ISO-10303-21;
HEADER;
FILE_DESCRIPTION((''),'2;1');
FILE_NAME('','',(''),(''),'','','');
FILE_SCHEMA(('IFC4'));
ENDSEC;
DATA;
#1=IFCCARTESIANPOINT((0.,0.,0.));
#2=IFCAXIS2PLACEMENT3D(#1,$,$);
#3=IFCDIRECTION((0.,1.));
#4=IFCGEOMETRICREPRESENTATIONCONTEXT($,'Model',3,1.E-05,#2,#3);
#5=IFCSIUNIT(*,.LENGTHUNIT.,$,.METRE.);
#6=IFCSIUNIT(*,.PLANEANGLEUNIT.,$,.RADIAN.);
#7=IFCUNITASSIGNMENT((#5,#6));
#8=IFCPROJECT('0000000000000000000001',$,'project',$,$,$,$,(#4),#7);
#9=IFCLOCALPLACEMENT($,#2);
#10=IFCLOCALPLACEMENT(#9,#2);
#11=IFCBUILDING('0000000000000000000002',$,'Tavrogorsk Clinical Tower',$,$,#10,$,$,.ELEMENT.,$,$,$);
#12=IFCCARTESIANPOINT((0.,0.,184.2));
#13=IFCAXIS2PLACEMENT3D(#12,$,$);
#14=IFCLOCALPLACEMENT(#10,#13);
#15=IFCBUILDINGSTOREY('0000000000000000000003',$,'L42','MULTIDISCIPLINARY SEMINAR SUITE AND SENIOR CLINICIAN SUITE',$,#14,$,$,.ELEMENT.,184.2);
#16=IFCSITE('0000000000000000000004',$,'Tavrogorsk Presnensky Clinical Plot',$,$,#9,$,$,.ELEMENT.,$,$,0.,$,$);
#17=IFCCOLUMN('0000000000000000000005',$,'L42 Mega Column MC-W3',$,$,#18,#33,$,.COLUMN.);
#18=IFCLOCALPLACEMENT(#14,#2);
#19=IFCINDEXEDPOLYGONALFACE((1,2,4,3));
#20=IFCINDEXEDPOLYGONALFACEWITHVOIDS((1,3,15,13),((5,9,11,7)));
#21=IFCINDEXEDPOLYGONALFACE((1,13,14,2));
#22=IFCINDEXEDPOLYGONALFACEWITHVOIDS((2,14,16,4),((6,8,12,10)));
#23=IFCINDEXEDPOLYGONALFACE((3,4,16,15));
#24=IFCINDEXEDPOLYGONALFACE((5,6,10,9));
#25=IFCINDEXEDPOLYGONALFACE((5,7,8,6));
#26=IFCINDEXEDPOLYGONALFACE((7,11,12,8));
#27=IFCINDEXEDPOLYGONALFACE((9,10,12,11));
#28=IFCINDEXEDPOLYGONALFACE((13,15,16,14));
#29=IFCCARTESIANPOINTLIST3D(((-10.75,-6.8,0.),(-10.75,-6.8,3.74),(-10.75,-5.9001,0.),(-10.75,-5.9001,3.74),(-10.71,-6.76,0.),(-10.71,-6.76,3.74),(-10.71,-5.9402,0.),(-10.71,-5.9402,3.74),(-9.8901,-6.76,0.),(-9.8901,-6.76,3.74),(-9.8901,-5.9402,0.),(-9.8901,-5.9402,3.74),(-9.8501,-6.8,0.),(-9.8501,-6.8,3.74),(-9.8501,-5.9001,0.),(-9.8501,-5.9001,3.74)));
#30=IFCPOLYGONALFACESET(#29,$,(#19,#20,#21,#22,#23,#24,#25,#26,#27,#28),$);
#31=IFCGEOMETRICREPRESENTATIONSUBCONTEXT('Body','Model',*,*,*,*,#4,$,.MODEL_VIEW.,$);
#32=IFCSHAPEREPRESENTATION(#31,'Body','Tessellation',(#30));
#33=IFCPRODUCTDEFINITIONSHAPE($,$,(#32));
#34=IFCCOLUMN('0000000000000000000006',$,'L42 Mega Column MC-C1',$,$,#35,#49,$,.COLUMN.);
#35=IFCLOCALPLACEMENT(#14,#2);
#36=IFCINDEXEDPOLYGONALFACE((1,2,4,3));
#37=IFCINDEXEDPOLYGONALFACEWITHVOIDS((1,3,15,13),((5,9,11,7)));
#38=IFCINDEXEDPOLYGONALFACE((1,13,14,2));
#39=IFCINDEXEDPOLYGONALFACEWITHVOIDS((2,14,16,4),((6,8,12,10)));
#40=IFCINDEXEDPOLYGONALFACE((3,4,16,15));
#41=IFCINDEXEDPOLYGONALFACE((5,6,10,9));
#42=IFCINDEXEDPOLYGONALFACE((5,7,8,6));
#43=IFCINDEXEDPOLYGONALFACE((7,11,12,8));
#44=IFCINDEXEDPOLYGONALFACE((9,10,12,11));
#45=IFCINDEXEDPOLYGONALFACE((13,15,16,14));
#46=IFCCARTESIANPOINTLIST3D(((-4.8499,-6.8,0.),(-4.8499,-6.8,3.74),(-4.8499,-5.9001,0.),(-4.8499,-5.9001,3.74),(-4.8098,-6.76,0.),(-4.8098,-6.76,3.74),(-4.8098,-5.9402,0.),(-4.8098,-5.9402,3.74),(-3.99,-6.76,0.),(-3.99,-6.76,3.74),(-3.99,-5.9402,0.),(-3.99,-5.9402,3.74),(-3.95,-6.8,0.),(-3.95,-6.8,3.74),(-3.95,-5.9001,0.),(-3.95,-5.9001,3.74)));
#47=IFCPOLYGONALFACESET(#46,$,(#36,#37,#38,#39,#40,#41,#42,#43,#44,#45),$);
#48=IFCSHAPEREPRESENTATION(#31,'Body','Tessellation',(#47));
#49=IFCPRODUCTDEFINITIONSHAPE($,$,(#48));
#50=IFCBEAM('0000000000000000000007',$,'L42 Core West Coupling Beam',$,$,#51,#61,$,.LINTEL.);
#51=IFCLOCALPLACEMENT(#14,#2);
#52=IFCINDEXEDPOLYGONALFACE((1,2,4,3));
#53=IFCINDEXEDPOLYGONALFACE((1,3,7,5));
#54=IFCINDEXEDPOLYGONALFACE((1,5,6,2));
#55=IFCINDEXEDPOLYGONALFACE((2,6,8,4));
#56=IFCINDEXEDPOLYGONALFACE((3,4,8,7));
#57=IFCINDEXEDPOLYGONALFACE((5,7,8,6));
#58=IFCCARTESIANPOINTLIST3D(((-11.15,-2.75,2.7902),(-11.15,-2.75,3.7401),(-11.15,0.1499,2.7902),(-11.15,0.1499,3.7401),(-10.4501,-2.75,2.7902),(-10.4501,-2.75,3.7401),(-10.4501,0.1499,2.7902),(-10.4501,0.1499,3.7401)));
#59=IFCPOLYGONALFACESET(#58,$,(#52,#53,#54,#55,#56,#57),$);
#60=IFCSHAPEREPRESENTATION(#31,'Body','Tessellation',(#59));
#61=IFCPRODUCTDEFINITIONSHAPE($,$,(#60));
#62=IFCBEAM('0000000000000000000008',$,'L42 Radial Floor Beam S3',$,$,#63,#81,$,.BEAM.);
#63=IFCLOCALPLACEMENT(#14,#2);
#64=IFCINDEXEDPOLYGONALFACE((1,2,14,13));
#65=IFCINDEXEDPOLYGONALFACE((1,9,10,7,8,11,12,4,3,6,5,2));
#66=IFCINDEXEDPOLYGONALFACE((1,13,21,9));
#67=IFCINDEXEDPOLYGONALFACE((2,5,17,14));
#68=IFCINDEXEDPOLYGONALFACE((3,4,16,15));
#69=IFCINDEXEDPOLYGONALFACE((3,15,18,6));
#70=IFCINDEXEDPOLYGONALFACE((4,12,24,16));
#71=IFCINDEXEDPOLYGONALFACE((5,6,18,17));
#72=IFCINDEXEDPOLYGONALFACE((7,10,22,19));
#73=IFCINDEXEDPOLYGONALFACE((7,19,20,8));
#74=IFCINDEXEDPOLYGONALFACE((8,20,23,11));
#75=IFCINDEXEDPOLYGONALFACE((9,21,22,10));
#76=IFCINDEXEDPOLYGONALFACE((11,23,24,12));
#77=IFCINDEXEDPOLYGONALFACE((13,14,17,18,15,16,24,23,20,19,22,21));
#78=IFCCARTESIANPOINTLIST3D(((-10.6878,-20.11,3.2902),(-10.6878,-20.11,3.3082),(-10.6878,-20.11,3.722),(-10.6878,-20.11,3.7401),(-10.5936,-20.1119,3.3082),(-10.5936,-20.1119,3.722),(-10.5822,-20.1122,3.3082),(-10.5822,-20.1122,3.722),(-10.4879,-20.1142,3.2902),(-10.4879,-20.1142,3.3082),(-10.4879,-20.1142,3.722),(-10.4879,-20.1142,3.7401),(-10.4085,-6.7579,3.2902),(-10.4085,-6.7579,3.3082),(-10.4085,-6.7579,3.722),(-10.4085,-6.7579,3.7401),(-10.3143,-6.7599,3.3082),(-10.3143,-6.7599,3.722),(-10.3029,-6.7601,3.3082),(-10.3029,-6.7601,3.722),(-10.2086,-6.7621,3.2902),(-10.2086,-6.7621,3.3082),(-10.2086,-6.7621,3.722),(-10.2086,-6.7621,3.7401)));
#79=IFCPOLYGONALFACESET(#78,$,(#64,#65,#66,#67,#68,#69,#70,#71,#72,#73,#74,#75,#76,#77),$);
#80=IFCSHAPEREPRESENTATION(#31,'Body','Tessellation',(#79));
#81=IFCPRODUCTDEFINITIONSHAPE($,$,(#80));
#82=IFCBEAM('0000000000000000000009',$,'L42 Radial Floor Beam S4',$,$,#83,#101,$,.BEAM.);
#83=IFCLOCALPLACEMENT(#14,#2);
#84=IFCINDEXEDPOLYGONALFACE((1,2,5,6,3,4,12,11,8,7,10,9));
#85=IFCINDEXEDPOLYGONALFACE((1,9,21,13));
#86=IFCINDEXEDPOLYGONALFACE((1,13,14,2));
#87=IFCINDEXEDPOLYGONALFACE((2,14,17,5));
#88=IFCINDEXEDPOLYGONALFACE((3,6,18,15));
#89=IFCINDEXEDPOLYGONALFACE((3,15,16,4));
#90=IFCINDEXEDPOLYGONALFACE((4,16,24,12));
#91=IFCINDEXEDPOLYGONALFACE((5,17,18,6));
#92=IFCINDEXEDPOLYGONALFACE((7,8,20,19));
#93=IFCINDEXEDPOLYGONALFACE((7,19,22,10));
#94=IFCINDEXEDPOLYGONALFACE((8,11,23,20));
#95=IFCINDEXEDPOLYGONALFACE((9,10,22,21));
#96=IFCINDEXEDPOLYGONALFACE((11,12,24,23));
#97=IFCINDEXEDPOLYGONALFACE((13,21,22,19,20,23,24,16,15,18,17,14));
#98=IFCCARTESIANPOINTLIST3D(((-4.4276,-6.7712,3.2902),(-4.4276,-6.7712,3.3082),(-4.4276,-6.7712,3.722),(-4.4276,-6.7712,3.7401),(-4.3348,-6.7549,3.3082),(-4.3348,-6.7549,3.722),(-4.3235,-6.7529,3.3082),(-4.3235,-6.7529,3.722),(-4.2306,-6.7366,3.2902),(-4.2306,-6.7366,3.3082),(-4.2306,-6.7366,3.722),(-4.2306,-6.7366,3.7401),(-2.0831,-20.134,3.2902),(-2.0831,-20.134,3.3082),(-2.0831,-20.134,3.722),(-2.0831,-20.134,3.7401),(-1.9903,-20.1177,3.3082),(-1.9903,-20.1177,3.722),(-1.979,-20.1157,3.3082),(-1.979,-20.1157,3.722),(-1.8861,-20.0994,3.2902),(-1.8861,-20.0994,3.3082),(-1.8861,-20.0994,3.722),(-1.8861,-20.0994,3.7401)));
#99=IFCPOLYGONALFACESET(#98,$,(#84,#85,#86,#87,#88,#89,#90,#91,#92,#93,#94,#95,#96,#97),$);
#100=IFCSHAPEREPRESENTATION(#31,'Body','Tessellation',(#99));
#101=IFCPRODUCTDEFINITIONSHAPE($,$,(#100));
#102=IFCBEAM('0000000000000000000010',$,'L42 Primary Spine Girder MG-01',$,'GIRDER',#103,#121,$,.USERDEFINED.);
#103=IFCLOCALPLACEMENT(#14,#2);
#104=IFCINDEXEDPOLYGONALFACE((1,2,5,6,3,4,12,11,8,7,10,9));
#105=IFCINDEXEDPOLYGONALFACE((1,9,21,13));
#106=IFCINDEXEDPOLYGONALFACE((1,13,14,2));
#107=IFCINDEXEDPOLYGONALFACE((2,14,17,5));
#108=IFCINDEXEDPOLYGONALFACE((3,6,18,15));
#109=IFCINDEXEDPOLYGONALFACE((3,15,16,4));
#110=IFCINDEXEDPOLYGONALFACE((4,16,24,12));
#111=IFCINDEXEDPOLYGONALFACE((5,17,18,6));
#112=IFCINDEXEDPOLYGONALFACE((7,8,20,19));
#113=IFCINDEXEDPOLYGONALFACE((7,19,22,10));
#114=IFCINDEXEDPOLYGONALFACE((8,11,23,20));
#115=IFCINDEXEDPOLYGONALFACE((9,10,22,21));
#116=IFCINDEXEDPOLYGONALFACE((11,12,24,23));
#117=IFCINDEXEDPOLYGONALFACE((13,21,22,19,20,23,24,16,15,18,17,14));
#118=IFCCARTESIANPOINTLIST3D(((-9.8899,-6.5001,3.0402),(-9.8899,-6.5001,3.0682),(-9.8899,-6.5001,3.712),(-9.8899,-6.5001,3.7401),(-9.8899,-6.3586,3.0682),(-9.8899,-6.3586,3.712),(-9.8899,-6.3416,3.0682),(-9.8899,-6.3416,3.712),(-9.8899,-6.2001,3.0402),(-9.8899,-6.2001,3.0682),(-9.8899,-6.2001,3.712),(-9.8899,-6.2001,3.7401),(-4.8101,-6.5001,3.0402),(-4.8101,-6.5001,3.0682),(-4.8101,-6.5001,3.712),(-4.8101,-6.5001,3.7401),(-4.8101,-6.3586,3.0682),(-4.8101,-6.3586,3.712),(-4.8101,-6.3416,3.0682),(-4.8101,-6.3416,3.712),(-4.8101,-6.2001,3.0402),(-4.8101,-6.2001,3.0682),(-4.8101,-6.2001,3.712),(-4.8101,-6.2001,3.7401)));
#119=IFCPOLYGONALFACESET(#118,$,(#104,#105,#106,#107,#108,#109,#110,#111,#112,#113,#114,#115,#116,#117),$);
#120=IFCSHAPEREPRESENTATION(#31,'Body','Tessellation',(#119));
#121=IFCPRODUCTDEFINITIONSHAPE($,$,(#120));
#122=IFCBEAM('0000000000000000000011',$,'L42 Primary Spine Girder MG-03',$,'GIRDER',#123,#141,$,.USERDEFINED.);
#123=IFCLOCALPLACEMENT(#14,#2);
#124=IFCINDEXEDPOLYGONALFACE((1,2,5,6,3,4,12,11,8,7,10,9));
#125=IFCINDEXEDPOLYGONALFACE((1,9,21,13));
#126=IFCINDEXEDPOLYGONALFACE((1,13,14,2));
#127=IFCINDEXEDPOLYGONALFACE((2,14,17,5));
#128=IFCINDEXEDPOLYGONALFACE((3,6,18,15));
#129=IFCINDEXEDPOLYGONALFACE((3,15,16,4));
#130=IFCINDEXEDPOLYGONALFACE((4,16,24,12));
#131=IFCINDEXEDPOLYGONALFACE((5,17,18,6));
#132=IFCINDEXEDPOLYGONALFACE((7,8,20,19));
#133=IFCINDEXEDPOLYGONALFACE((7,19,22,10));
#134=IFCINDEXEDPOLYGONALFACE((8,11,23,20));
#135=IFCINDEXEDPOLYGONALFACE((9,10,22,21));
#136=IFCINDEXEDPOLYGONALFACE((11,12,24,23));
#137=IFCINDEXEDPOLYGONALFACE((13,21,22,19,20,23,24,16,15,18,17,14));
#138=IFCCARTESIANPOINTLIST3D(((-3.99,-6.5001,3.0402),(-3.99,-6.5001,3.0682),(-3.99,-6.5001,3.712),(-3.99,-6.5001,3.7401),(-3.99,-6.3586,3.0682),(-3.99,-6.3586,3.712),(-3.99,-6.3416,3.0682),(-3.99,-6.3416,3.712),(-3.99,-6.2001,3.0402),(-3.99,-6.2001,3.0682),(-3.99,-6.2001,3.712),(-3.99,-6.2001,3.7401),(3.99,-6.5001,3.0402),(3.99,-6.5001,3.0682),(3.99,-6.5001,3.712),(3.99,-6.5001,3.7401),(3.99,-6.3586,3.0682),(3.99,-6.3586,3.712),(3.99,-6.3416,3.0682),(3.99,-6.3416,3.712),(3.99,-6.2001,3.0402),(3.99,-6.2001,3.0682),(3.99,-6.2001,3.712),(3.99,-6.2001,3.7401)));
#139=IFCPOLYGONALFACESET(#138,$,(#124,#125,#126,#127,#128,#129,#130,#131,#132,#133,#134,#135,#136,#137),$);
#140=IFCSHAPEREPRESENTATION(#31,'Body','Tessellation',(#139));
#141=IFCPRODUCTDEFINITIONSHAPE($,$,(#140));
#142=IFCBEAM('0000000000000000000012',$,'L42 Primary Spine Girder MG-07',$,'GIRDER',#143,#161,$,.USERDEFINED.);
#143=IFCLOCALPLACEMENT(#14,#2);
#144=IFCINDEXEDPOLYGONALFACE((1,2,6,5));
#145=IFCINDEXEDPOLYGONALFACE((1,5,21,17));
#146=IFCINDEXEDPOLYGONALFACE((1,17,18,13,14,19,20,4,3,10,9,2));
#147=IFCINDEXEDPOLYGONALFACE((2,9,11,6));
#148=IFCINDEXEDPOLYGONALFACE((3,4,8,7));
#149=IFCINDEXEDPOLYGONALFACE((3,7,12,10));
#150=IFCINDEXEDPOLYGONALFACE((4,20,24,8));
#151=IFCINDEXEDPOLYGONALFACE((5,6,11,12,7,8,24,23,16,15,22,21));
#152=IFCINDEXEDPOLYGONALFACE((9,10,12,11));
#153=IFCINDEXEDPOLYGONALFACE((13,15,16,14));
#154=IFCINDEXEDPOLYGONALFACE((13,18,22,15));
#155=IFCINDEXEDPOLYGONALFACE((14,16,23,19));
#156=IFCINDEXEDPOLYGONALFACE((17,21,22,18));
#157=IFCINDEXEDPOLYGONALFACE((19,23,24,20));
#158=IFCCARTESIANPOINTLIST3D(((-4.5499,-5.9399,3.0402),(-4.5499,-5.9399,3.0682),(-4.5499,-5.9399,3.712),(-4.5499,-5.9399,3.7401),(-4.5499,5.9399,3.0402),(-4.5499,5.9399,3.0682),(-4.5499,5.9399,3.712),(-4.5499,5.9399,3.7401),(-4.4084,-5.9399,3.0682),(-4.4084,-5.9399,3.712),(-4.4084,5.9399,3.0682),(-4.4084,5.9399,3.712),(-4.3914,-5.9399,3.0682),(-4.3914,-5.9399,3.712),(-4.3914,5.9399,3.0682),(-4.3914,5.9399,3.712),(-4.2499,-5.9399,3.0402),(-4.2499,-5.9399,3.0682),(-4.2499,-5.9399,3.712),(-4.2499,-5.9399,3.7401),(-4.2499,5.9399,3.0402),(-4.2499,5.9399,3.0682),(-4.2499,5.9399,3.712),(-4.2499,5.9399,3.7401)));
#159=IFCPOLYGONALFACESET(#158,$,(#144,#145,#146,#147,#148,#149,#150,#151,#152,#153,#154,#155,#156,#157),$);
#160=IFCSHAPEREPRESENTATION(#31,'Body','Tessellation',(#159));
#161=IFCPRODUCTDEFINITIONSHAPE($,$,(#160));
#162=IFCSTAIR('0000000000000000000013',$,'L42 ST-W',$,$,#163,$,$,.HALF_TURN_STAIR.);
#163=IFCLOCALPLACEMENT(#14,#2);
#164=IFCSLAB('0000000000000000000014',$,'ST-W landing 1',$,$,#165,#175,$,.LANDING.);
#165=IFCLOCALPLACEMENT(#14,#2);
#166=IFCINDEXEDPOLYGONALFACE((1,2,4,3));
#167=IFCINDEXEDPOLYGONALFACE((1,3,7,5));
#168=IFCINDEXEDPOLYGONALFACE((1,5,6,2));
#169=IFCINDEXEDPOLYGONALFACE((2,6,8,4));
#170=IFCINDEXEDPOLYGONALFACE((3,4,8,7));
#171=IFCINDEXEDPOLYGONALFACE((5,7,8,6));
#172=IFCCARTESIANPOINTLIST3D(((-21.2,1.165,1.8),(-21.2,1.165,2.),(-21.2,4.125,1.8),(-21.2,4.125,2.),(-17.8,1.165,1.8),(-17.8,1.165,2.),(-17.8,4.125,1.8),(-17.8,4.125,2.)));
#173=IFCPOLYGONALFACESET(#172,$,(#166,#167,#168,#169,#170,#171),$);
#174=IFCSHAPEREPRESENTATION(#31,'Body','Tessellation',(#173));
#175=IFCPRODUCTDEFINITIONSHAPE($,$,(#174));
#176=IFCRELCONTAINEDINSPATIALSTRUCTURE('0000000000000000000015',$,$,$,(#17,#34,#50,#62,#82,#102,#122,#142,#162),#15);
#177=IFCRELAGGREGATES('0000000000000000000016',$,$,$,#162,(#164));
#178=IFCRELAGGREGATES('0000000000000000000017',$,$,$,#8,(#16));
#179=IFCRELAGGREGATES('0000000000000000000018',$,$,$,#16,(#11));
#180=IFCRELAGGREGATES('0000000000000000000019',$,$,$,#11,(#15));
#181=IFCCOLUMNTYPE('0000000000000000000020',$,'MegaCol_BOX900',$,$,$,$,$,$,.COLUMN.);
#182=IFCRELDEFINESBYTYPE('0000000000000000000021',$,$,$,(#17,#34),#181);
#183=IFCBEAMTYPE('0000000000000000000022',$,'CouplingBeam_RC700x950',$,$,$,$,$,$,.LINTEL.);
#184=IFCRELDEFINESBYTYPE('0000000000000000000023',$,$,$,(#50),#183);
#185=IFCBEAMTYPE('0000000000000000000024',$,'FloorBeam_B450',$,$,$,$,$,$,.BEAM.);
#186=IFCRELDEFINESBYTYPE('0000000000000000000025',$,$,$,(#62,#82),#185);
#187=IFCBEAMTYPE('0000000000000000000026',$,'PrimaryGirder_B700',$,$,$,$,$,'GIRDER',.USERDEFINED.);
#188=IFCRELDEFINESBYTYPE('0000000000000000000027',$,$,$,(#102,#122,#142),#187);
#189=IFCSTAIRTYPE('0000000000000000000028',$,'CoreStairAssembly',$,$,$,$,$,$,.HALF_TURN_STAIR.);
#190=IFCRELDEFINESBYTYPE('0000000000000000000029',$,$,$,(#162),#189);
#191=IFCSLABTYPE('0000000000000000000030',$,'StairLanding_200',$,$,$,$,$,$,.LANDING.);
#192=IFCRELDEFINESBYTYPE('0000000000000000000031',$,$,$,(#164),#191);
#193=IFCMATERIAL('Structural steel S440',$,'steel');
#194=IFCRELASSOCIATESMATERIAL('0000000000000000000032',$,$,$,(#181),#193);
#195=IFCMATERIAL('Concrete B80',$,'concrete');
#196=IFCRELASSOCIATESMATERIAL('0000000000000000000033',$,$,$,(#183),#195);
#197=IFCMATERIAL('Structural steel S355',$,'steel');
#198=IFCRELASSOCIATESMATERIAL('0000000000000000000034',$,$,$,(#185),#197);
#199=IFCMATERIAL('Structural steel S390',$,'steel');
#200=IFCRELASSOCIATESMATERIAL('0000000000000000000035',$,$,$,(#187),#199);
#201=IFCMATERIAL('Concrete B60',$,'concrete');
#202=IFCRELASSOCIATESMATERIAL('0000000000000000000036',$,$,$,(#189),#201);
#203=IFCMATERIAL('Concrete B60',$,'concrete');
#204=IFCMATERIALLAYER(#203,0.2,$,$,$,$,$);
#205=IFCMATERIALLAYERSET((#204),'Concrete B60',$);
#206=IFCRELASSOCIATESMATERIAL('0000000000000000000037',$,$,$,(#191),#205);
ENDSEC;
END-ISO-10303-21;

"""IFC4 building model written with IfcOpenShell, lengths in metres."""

from ifc_helpers import new_model, si_unit, direction, frame, origin, origin_2d, place, context, subcontext, project, spatial, polyline, rectangle, hollow_rectangle, i_section, outline, extrude, material, layer, layer_set, material_profile, profile_set, type_object, element, aggregate, save


model = new_model("IFC4")

# Units and contexts
model_context = context("Model", 3, precision=1e-05, world=origin(), true_north=direction((0.0, 1.0)))
body_context = subcontext(model_context, "Body", "Model", "MODEL_VIEW")
ifc_project = project(units=[si_unit("LENGTHUNIT", "METRE"), si_unit("PLANEANGLEUNIT", "RADIAN")], contexts=[model_context])

# Site, building, storey
site_placement = place(None, origin())
site = spatial("IfcSite", under=ifc_project, at=site_placement, Name="Tavrogorsk Presnensky Clinical Plot", CompositionType="ELEMENT", RefElevation=0.0)
building_placement = place(site_placement, origin())
building = spatial("IfcBuilding", under=site, at=building_placement, Name="Tavrogorsk Clinical Tower", CompositionType="ELEMENT")
storey_placement = place(building_placement, frame((0.0, 0.0, 184.2)))
storey = spatial("IfcBuildingStorey", under=building, at=storey_placement, Name="L42", Description="MULTIDISCIPLINARY SEMINAR SUITE AND SENIOR CLINICIAN SUITE", CompositionType="ELEMENT", Elevation=184.2)

# Columns
ifc_material_1 = material(Name="Structural steel S440", Category="steel")
ifc_material_profile_1 = material_profile(ifc_material_1, hollow_rectangle(XDim=0.8999, YDim=0.8999, WallThickness=0.04, at=origin_2d()), Name="BOX-900x900x40")
ifc_profile_set_1 = profile_set([ifc_material_profile_1], Name="Structural steel S440")
column_type = type_object("IfcColumnType", Name="MegaCol_BOX900", PredefinedType="COLUMN", material=ifc_profile_set_1)
for number, where, z_axis, x_axis, name in (
    (1, (-10.3, -6.3501, 0.0), (0.0, 0.0, 1.0), (1.0, 0.0, 0.0), "L42 Mega Column MC-W3"),
    (2, (-4.3999, -6.3501, 0.0), (0.0, 0.0, 1.0), (1.0, 0.0, 0.0), "L42 Mega Column MC-C1"),
):
    element("IfcColumn", number, at=place(storey_placement, frame(where, z_axis=z_axis, x_axis=x_axis)), inside=storey, type_object=column_type, Name=name, PredefinedType="COLUMN", context=body_context, shape_type="SweptSolid", body=[
        extrude(hollow_rectangle(XDim=0.8999, YDim=0.8999, WallThickness=0.04, at=origin_2d()), origin(), (0.0, 0.0, 1.0), 3.74),
    ])

# Beams
ifc_material_2 = material(Name="Concrete B80", Category="concrete")
ifc_material_profile_2 = material_profile(ifc_material_2, rectangle(XDim=0.7, YDim=0.95, at=origin_2d()), Name="RC-CB-700x950")
ifc_profile_set_2 = profile_set([ifc_material_profile_2], Name="Concrete B80")
beam_type_1 = type_object("IfcBeamType", Name="CouplingBeam_RC700x950", PredefinedType="LINTEL", material=ifc_profile_set_2)
beam_1_placement = place(storey_placement, frame((-10.8, -2.75, 3.2651), z_axis=(0.0, 1.0, 0.0), x_axis=(-1.0, 0.0, 0.0)))
element("IfcBeam", 3, at=beam_1_placement, inside=storey, type_object=beam_type_1, Name="L42 Core West Coupling Beam", PredefinedType="LINTEL", context=body_context, shape_type="SweptSolid", body=[
    extrude(rectangle(XDim=0.7, YDim=0.95, at=origin_2d()), origin(), (0.0, 0.0, 1.0), 2.8999),
])
ifc_material_3 = material(Name="Structural steel S355", Category="steel")
ifc_material_profile_3 = material_profile(ifc_material_3, i_section(OverallWidth=0.2, OverallDepth=0.45, WebThickness=0.0115, FlangeThickness=0.0181, at=origin_2d()), Name="B-450x200x11.5x18")
ifc_profile_set_3 = profile_set([ifc_material_profile_3], Name="Structural steel S355")
beam_type_2 = type_object("IfcBeamType", Name="FloorBeam_B450", PredefinedType="BEAM", material=ifc_profile_set_3)
beam_2_placement = place(storey_placement, frame((-10.3086, -6.76, 3.5151), z_axis=(-0.020913, -0.999781, 0.0), x_axis=(0.999781, -0.020913, 0.0)))
element("IfcBeam", 4, at=beam_2_placement, inside=storey, type_object=beam_type_2, Name="L42 Radial Floor Beam S3", PredefinedType="BEAM", context=body_context, shape_type="SweptSolid", body=[
    extrude(i_section(OverallWidth=0.2, OverallDepth=0.45, WebThickness=0.0115, FlangeThickness=0.0181, at=origin_2d()), origin(), (0.0, 0.0, 1.0), 13.355),
])
beam_3_placement = place(storey_placement, frame((-4.3291, -6.7539, 3.5151), z_axis=(0.172809, -0.984955, 0.0), x_axis=(0.984955, 0.172809, 0.0)))
element("IfcBeam", 5, at=beam_3_placement, inside=storey, type_object=beam_type_2, Name="L42 Radial Floor Beam S4", PredefinedType="BEAM", context=body_context, shape_type="SweptSolid", body=[
    extrude(i_section(OverallWidth=0.2, OverallDepth=0.45, WebThickness=0.0115, FlangeThickness=0.0181, at=origin_2d()), origin(), (0.0, 0.0, 1.0), 13.5669),
])
ifc_material_4 = material(Name="Structural steel S390", Category="steel")
ifc_material_profile_4 = material_profile(ifc_material_4, i_section(OverallWidth=0.3, OverallDepth=0.7, WebThickness=0.0171, FlangeThickness=0.0281, at=origin_2d()), Name="B-700x300x17x28")
ifc_profile_set_4 = profile_set([ifc_material_profile_4], Name="Structural steel S390")
beam_type_3 = type_object("IfcBeamType", Name="PrimaryGirder_B700", ElementType="GIRDER", PredefinedType="USERDEFINED", material=ifc_profile_set_4)
beam_4_placement = place(storey_placement, frame((-9.8899, -6.3501, 3.3901), z_axis=(1.0, 0.0, 0.0), x_axis=(0.0, 1.0, 0.0)))
element("IfcBeam", 6, at=beam_4_placement, inside=storey, type_object=beam_type_3, Name="L42 Primary Spine Girder MG-01", ObjectType="GIRDER", PredefinedType="USERDEFINED", context=body_context, shape_type="SweptSolid", body=[
    extrude(i_section(OverallWidth=0.3, OverallDepth=0.7, WebThickness=0.0171, FlangeThickness=0.0281, at=origin_2d()), origin(), (0.0, 0.0, 1.0), 5.0798),
])
beam_5_placement = place(storey_placement, frame((-3.99, -6.3501, 3.3901), z_axis=(1.0, 0.0, 0.0), x_axis=(0.0, 1.0, 0.0)))
element("IfcBeam", 7, at=beam_5_placement, inside=storey, type_object=beam_type_3, Name="L42 Primary Spine Girder MG-03", ObjectType="GIRDER", PredefinedType="USERDEFINED", context=body_context, shape_type="SweptSolid", body=[
    extrude(i_section(OverallWidth=0.3, OverallDepth=0.7, WebThickness=0.0171, FlangeThickness=0.0281, at=origin_2d()), origin(), (0.0, 0.0, 1.0), 7.98),
])
beam_6_placement = place(storey_placement, frame((-4.3999, -5.9399, 3.3901), z_axis=(0.0, 1.0, 0.0), x_axis=(-1.0, 0.0, 0.0)))
element("IfcBeam", 8, at=beam_6_placement, inside=storey, type_object=beam_type_3, Name="L42 Primary Spine Girder MG-07", ObjectType="GIRDER", PredefinedType="USERDEFINED", context=body_context, shape_type="SweptSolid", body=[
    extrude(i_section(OverallWidth=0.3, OverallDepth=0.7, WebThickness=0.0171, FlangeThickness=0.0281, at=origin_2d()), origin(), (0.0, 0.0, 1.0), 11.8799),
])

# Stair, slab
ifc_material_5 = material(Name="Concrete B60", Category="concrete")
stair_type = type_object("IfcStairType", Name="CoreStairAssembly", PredefinedType="HALF_TURN_STAIR", material=ifc_material_5)
stair_placement = place(storey_placement, origin())
stair = element("IfcStair", 9, at=stair_placement, inside=storey, type_object=stair_type, Name="L42 ST-W", PredefinedType="HALF_TURN_STAIR")
ifc_material_6 = material(Name="Concrete B60", Category="concrete")
ifc_layer_1 = layer(ifc_material_6, 0.2)
ifc_layer_set_1 = layer_set([ifc_layer_1], Name="Concrete B60")
slab_type_1 = type_object("IfcSlabType", Name="StairLanding_200", PredefinedType="LANDING", material=ifc_layer_set_1)
slab_1_placement = place(storey_placement, frame((0.0, 0.0, 1.8)))
slab_1 = element("IfcSlab", 10, at=slab_1_placement, type_object=slab_type_1, Name="ST-W landing 1", PredefinedType="LANDING", context=body_context, shape_type="SweptSolid", body=[
    extrude(outline(polyline([(-17.8, 1.165), (-17.8, 4.125), (-21.2, 4.125), (-21.2, 1.165), (-17.8, 1.165)])), origin(), (0.0, 0.0, 1.0), 0.2),
])
aggregate(stair, [slab_1])

save(model, "model.ifc")
